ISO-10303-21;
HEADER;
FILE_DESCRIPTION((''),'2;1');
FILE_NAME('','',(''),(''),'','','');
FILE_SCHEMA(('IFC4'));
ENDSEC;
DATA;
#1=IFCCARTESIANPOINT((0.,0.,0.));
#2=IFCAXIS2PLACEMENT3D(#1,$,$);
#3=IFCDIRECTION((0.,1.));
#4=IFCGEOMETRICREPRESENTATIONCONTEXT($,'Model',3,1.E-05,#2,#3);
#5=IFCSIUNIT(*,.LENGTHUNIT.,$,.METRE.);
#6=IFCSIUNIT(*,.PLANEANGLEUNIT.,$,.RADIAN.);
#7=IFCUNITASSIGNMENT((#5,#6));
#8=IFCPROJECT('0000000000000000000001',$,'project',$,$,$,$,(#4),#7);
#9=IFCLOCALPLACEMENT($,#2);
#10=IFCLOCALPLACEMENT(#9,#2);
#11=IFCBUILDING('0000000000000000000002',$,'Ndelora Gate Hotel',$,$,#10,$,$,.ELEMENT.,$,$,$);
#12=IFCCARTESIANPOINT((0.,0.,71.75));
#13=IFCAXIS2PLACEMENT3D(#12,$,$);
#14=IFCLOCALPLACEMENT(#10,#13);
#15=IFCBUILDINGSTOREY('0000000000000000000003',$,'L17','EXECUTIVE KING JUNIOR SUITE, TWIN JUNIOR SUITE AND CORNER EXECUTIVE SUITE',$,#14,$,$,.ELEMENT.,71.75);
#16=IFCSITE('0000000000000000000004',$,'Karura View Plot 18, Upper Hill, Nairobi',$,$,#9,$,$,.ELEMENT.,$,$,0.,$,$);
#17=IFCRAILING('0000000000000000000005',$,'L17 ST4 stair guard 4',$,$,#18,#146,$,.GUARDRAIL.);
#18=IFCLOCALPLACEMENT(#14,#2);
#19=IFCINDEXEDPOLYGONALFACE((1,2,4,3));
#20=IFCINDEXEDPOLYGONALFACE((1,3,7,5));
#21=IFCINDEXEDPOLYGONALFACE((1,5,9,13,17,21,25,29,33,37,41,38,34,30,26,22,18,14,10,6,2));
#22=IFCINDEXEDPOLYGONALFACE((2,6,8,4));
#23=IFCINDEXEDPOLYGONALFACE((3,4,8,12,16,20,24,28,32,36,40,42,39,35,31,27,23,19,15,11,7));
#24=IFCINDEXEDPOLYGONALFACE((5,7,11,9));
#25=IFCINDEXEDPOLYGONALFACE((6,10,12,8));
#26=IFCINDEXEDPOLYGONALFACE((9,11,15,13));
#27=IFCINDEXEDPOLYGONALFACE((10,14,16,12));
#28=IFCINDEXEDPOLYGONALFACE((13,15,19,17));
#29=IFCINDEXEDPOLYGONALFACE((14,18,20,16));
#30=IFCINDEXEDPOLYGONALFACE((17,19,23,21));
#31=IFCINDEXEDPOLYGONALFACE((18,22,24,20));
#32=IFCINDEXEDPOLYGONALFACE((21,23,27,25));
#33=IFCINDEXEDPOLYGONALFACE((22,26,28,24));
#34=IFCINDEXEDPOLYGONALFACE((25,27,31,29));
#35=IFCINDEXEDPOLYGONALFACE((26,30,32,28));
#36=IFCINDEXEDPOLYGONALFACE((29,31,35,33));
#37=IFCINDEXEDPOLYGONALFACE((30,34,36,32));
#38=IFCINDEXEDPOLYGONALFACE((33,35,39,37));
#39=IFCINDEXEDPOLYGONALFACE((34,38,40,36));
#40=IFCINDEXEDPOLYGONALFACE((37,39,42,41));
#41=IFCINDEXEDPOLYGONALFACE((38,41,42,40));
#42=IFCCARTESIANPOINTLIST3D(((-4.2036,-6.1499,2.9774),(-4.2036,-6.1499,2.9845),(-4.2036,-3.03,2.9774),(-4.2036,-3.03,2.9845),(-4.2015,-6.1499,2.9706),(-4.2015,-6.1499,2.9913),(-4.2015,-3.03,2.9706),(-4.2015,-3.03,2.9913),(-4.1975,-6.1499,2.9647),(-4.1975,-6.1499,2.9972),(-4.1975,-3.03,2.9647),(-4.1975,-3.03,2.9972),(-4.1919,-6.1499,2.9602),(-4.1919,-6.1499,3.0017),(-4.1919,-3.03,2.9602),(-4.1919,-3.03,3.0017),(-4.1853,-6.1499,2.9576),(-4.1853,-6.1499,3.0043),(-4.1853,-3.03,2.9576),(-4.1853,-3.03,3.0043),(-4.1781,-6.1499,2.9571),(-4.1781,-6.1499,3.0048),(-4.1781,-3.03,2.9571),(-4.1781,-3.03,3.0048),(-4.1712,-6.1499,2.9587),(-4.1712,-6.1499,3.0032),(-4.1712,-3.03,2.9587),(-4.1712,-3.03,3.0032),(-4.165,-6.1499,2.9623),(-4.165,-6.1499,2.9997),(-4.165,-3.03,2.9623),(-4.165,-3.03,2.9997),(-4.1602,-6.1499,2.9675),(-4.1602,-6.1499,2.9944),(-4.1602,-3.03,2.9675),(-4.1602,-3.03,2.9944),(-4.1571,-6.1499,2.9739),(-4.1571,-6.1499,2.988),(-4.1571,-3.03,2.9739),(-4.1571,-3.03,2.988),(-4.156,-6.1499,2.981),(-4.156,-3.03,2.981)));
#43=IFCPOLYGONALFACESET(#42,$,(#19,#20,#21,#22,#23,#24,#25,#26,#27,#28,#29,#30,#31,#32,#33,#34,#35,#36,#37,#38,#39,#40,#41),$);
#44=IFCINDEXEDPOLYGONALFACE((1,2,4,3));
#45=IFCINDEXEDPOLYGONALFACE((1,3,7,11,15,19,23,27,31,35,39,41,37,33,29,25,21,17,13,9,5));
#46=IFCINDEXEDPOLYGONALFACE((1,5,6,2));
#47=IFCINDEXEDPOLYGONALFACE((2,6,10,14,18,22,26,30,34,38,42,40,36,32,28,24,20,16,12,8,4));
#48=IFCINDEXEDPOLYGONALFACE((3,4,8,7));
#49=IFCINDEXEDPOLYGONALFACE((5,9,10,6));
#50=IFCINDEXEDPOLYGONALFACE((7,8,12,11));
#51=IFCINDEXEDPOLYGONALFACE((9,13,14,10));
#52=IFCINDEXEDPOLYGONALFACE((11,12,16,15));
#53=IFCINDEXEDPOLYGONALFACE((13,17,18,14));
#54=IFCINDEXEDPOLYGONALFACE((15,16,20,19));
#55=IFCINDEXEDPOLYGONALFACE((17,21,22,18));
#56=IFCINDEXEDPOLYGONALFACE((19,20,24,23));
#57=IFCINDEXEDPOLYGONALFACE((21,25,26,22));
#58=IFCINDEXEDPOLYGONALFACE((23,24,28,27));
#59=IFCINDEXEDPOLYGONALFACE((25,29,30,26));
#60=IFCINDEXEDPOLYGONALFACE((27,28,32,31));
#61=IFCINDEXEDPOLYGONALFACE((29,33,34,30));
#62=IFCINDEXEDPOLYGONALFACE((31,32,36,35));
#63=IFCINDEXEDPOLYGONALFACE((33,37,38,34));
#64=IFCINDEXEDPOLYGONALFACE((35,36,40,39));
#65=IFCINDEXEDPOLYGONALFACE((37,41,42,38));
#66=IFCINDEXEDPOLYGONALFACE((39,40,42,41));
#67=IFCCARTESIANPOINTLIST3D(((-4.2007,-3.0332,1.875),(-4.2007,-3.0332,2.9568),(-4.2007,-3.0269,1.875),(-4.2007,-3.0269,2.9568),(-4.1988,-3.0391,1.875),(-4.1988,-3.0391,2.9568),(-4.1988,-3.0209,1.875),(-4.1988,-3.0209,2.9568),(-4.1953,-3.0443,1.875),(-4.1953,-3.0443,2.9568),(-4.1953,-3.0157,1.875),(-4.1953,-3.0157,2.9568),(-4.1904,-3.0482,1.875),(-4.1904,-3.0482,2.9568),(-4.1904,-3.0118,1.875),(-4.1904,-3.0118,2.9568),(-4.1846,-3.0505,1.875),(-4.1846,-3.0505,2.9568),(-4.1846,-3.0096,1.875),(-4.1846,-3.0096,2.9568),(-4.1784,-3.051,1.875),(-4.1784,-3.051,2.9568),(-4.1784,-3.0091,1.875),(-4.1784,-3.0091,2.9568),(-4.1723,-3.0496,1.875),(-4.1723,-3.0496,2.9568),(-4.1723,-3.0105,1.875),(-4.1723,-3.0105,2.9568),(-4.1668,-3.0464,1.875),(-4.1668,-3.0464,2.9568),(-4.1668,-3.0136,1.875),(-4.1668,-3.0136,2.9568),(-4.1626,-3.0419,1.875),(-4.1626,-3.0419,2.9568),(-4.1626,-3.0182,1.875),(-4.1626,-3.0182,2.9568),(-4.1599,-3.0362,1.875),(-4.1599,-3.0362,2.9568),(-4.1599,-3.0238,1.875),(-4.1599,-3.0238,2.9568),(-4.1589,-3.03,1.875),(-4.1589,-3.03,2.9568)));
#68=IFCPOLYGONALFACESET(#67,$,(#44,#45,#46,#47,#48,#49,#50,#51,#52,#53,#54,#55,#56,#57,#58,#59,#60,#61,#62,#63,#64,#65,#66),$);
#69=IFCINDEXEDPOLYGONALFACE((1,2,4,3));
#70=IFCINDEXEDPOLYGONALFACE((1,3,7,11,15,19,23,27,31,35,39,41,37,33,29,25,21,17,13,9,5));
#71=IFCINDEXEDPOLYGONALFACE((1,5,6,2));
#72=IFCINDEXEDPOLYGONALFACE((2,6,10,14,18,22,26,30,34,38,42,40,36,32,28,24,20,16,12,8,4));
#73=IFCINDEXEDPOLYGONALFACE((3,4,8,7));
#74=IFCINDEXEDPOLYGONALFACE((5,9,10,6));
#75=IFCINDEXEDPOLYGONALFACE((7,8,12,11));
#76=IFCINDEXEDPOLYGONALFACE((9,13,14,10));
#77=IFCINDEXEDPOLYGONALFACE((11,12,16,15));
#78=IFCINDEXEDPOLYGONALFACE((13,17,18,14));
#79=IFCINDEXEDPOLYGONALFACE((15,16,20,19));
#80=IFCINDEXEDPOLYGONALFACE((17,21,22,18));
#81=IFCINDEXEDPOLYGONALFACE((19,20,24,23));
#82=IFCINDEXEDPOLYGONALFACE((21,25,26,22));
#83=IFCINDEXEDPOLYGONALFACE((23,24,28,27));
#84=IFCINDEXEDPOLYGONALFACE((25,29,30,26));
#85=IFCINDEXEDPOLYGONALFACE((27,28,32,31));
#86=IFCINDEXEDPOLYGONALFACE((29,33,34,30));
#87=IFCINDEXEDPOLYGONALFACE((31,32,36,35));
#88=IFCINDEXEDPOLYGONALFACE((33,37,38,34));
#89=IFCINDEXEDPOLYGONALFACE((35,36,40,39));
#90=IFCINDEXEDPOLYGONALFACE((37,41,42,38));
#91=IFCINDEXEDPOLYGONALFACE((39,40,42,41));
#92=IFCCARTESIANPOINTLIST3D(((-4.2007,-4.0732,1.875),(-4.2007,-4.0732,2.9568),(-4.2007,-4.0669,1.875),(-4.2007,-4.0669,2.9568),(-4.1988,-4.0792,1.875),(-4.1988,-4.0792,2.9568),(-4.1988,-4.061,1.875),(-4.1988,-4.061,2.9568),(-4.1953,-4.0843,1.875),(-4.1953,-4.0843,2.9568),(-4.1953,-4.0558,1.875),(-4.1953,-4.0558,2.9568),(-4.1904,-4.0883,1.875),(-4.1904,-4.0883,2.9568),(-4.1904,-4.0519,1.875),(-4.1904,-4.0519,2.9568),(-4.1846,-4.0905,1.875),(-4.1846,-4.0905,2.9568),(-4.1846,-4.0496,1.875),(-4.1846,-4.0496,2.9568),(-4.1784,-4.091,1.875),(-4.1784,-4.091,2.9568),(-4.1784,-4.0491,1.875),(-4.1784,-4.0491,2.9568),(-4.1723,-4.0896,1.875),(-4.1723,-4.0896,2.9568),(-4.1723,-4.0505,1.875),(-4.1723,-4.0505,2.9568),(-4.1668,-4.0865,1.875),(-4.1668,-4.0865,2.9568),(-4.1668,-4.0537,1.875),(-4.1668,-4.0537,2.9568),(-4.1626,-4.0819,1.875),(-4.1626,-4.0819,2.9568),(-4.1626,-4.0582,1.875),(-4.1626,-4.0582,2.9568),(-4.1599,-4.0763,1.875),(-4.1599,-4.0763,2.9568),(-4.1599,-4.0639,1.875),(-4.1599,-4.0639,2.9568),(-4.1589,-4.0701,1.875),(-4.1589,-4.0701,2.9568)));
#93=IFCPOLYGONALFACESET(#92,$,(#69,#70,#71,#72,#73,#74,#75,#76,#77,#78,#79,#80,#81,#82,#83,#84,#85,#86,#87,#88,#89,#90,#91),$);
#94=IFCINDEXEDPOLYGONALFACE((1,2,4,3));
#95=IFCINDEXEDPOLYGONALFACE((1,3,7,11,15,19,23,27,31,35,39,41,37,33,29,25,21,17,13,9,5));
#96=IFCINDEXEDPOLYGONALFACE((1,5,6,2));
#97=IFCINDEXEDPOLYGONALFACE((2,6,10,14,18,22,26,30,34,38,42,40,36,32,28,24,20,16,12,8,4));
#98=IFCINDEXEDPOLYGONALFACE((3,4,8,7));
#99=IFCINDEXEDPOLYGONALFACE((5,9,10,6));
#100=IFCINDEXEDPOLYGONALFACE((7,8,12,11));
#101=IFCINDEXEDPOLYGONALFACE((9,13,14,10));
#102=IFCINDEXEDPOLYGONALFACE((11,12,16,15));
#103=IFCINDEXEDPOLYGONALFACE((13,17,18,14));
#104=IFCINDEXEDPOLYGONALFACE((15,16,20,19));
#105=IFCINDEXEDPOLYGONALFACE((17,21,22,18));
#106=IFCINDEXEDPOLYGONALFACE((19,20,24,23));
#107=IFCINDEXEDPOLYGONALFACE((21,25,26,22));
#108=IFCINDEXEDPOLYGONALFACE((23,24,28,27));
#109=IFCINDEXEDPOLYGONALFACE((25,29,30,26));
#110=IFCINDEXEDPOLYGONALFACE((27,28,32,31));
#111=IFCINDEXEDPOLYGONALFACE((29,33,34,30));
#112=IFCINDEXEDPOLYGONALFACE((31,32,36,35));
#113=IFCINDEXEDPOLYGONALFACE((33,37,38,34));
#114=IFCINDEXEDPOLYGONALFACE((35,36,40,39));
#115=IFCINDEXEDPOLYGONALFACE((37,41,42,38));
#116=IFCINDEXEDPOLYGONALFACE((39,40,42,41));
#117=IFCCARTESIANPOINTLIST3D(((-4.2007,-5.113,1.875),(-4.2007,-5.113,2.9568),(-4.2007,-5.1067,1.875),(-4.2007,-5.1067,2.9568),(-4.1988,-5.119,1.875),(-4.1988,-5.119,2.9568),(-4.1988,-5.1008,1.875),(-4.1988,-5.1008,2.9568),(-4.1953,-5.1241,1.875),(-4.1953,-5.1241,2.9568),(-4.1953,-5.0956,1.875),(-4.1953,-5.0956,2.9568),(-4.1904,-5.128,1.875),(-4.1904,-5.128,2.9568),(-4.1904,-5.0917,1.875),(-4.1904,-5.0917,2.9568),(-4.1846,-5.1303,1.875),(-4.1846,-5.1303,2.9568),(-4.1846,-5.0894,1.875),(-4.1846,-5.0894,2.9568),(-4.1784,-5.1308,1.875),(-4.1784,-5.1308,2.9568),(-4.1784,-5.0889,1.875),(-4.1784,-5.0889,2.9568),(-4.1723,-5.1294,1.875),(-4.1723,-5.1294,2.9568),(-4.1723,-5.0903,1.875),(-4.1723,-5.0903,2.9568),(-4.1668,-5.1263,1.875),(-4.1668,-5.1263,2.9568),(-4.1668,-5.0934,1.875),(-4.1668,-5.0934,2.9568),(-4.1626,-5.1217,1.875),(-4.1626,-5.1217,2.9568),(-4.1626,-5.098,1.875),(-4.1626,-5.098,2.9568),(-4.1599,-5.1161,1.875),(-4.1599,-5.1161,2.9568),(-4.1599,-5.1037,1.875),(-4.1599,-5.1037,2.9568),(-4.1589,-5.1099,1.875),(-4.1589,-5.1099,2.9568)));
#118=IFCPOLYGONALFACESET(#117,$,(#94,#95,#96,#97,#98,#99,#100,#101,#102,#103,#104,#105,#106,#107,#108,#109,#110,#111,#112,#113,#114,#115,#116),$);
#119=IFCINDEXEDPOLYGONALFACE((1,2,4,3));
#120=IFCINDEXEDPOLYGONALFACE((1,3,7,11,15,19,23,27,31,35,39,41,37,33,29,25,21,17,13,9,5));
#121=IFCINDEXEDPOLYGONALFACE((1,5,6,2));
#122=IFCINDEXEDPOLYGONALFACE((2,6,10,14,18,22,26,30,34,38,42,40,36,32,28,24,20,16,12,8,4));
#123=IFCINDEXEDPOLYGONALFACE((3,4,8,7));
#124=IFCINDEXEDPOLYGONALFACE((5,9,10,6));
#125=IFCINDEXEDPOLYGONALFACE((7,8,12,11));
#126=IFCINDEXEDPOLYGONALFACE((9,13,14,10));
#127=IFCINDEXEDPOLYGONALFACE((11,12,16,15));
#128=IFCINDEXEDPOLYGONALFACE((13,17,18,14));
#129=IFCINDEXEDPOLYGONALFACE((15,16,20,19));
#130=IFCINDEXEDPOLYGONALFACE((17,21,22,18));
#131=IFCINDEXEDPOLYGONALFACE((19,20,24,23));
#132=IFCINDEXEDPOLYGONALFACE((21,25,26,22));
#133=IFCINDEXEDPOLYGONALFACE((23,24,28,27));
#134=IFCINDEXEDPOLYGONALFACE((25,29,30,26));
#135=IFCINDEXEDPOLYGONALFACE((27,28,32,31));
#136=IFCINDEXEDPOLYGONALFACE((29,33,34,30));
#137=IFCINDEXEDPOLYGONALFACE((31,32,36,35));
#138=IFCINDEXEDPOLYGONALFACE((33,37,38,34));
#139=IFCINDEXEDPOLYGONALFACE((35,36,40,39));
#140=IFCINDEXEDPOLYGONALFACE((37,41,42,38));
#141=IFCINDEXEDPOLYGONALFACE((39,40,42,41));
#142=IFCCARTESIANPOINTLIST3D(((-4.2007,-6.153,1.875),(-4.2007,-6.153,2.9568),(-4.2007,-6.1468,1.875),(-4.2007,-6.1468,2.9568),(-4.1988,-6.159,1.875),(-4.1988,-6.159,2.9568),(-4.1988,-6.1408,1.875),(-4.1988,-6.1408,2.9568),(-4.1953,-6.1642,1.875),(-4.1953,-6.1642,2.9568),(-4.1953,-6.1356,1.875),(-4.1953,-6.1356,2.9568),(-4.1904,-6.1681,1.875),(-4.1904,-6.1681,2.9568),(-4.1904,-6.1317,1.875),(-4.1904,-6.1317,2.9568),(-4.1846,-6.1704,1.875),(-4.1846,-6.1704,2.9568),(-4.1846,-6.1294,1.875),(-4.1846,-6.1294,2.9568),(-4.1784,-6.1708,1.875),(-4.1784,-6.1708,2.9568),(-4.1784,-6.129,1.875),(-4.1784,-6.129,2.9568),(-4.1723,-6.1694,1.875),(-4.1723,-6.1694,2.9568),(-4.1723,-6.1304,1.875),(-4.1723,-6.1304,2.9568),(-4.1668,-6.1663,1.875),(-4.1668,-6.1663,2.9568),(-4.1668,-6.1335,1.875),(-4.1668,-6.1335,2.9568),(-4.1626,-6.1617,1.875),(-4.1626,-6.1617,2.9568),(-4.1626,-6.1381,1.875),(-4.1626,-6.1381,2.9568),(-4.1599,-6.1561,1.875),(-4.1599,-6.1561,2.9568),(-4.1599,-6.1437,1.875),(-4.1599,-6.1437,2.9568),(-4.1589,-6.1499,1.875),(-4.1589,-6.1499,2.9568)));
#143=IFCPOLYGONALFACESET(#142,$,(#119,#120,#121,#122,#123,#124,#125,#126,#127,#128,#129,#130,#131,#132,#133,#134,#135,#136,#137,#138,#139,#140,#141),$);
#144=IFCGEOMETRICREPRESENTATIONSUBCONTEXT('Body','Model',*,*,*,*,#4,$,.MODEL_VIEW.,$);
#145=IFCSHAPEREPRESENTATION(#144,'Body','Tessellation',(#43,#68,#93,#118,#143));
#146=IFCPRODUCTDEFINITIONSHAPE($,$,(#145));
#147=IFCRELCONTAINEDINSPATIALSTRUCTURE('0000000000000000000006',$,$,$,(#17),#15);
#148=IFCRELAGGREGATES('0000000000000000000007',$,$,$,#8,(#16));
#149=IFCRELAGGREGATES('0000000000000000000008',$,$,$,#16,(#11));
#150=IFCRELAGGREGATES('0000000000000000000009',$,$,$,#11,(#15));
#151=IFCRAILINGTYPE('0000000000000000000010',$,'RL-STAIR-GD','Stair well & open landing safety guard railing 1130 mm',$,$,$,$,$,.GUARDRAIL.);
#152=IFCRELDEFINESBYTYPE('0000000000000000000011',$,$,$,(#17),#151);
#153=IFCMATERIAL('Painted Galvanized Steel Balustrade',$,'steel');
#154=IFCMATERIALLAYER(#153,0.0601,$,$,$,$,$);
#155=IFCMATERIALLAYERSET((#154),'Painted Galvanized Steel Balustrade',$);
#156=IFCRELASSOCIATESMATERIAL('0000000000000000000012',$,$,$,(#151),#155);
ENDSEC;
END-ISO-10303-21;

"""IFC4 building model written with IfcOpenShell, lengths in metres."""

from ifc_helpers import new_model, si_unit, direction, frame, origin, origin_2d, place, context, subcontext, project, spatial, circle, extrude, material, layer, layer_set, type_object, element, save


model = new_model("IFC4")

# Units and contexts
model_context = context("Model", 3, precision=1e-05, world=origin(), true_north=direction((0.0, 1.0)))
body_context = subcontext(model_context, "Body", "Model", "MODEL_VIEW")
ifc_project = project(units=[si_unit("LENGTHUNIT", "METRE"), si_unit("PLANEANGLEUNIT", "RADIAN")], contexts=[model_context])

# Site, building, storey
site_placement = place(None, origin())
site = spatial("IfcSite", under=ifc_project, at=site_placement, Name="Karura View Plot 18, Upper Hill, Nairobi", CompositionType="ELEMENT", RefElevation=0.0)
building_placement = place(site_placement, origin())
building = spatial("IfcBuilding", under=site, at=building_placement, Name="Ndelora Gate Hotel", CompositionType="ELEMENT")
storey_placement = place(building_placement, frame((0.0, 0.0, 71.75)))
storey = spatial("IfcBuildingStorey", under=building, at=storey_placement, Name="L17", Description="EXECUTIVE KING JUNIOR SUITE, TWIN JUNIOR SUITE AND CORNER EXECUTIVE SUITE", CompositionType="ELEMENT", Elevation=71.75)

# Railing
ifc_material_1 = material(Name="Painted Galvanized Steel Balustrade", Category="steel")
ifc_layer_1 = layer(ifc_material_1, 0.0601)
ifc_layer_set_1 = layer_set([ifc_layer_1], Name="Painted Galvanized Steel Balustrade")
railing_type_1 = type_object("IfcRailingType", Name="RL-STAIR-GD", Description="Stair well & open landing safety guard railing 1130 mm", PredefinedType="GUARDRAIL", material=ifc_layer_set_1)
for number, where, name in (
    (1, (-4.1799, -3.03, 1.875), "L17 ST4 stair guard 4"),
):
    element("IfcRailing", number, at=place(storey_placement, frame(where)), inside=storey, type_object=railing_type_1, Name=name, PredefinedType="GUARDRAIL", context=body_context, shape_type="SweptSolid", body=[
        extrude(circle(Radius=0.0239, at=origin_2d()), frame((0.0, 0.0, 1.106), z_axis=(0.0, -1.0, 0.0), x_axis=(1.0, 0.0, 0.0)), (0.0, 0.0, 1.0), 3.1199),
        extrude(circle(Radius=0.021, at=origin_2d()), origin(), (0.0, 0.0, 1.0), 1.0818),
        extrude(circle(Radius=0.021, at=origin_2d()), frame((0.0, -1.04, 0.0)), (0.0, 0.0, 1.0), 1.0818),
        extrude(circle(Radius=0.021, at=origin_2d()), frame((0.0, -2.0798, 0.0)), (0.0, 0.0, 1.0), 1.0818),
        extrude(circle(Radius=0.021, at=origin_2d()), frame((0.0, -3.1199, 0.0)), (0.0, 0.0, 1.0), 1.0818),
    ])

save(model, "model.ifc")
